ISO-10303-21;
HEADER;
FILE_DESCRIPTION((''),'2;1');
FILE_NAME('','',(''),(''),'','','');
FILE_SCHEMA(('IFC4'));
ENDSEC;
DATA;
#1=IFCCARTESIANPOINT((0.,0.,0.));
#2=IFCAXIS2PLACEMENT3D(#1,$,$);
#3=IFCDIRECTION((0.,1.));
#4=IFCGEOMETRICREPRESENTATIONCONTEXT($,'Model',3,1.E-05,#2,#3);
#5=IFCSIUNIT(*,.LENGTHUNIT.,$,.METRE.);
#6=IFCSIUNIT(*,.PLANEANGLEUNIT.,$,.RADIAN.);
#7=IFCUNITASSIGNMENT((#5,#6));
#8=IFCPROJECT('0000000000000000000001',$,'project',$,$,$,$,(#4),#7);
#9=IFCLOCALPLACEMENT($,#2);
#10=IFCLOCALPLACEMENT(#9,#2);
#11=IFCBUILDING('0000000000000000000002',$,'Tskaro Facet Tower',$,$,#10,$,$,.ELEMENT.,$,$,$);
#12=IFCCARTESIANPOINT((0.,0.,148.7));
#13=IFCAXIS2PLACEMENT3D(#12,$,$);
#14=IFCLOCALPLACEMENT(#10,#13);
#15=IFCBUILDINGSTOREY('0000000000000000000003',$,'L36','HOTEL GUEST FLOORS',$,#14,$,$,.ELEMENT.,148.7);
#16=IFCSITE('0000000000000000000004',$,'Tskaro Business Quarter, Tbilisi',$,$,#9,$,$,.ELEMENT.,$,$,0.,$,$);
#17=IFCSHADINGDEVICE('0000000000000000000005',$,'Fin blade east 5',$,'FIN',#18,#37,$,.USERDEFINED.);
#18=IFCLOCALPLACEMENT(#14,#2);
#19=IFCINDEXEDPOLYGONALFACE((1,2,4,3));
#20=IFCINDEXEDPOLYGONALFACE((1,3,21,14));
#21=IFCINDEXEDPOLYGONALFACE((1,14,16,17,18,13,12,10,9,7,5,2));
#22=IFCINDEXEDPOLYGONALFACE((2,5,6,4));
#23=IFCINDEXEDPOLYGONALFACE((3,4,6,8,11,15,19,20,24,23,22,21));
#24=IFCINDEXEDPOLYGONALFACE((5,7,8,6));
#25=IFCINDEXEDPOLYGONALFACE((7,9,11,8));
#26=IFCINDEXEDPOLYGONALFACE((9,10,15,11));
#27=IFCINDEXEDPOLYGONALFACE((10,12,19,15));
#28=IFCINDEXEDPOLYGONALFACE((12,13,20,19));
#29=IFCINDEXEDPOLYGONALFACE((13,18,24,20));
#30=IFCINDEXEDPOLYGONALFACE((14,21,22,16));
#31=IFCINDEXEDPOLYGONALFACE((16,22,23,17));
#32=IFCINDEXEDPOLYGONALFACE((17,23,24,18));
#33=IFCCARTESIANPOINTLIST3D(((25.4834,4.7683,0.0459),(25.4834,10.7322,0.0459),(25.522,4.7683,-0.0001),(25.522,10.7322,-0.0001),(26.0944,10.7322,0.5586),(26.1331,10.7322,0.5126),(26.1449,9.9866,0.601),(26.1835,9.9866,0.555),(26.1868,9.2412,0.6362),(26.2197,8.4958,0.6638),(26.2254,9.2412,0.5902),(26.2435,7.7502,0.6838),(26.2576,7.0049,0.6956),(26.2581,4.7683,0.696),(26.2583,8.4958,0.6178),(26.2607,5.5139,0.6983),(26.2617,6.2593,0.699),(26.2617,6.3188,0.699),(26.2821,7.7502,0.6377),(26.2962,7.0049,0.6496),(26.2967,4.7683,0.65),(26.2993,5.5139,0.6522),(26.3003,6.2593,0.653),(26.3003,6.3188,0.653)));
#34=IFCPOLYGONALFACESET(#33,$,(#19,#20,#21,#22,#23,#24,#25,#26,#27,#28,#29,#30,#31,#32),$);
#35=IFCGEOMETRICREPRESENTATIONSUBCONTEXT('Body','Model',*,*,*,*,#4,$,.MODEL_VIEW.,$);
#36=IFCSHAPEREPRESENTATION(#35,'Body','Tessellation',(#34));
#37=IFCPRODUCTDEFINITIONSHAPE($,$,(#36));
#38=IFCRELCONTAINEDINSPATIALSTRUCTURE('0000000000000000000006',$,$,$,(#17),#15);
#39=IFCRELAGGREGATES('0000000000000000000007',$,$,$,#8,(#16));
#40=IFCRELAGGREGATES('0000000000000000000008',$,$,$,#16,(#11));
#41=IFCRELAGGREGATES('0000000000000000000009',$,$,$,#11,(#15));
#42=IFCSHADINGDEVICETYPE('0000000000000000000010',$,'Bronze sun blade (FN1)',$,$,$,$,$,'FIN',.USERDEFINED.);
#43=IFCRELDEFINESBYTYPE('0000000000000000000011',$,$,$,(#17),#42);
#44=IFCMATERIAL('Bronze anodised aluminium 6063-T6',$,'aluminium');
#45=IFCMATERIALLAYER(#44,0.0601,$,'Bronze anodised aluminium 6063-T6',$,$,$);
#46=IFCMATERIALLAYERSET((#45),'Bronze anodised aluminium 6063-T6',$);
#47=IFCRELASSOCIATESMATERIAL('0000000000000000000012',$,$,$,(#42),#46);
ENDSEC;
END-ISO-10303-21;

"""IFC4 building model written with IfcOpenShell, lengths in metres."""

from ifc_helpers import new_model, si_unit, direction, frame, origin, place, context, subcontext, project, spatial, polyline, outline, extrude, material, layer, layer_set, type_object, element, save


model = new_model("IFC4")

# Units and contexts
model_context = context("Model", 3, precision=1e-05, world=origin(), true_north=direction((0.0, 1.0)))
body_context = subcontext(model_context, "Body", "Model", "MODEL_VIEW")
ifc_project = project(units=[si_unit("LENGTHUNIT", "METRE"), si_unit("PLANEANGLEUNIT", "RADIAN")], contexts=[model_context])

# Site, building, storey
site_placement = place(None, origin())
site = spatial("IfcSite", under=ifc_project, at=site_placement, Name="Tskaro Business Quarter, Tbilisi", CompositionType="ELEMENT", RefElevation=0.0)
building_placement = place(site_placement, origin())
building = spatial("IfcBuilding", under=site, at=building_placement, Name="Tskaro Facet Tower", CompositionType="ELEMENT")
storey_placement = place(building_placement, frame((0.0, 0.0, 148.7)))
storey = spatial("IfcBuildingStorey", under=building, at=storey_placement, Name="L36", Description="HOTEL GUEST FLOORS", CompositionType="ELEMENT", Elevation=148.7)

# Shared definitions
ifc_material_1 = material(Name="Bronze anodised aluminium 6063-T6", Category="aluminium")

# Shading device
ifc_layer_1 = layer(ifc_material_1, 0.0601, Name="Bronze anodised aluminium 6063-T6")
ifc_layer_set_1 = layer_set([ifc_layer_1], Name="Bronze anodised aluminium 6063-T6")
shading_device_type = type_object("IfcShadingDeviceType", Name="Bronze sun blade (FN1)", ElementType="FIN", PredefinedType="USERDEFINED", material=ifc_layer_set_1)
shading_device_1_placement = place(storey_placement, frame((25.4834, 4.7683, 0.0459), z_axis=(-0.642847, 0.000009, 0.765995), x_axis=(0.000006, 1.0, -0.000007)))
element("IfcShadingDevice", 1, at=shading_device_1_placement, inside=storey, type_object=shading_device_type, Name="Fin blade east 5", ObjectType="FIN", PredefinedType="USERDEFINED", context=body_context, shape_type="SweptSolid", body=[
    extrude(outline(polyline([(0.0, 0.0), (5.9639, 0.0), (5.9639, -0.7977), (5.2183, -0.8635), (4.4729, -0.9183), (3.7275, -0.9613), (2.9819, -0.9923), (2.2366, -1.0106), (1.5505, -1.016), (1.491, -1.016), (0.7456, -1.0148), (0.0, -1.0113), (0.0, 0.0)])), origin(), (0.0, 0.0, -1.0), 0.0601),
])

save(model, "model.ifc")
